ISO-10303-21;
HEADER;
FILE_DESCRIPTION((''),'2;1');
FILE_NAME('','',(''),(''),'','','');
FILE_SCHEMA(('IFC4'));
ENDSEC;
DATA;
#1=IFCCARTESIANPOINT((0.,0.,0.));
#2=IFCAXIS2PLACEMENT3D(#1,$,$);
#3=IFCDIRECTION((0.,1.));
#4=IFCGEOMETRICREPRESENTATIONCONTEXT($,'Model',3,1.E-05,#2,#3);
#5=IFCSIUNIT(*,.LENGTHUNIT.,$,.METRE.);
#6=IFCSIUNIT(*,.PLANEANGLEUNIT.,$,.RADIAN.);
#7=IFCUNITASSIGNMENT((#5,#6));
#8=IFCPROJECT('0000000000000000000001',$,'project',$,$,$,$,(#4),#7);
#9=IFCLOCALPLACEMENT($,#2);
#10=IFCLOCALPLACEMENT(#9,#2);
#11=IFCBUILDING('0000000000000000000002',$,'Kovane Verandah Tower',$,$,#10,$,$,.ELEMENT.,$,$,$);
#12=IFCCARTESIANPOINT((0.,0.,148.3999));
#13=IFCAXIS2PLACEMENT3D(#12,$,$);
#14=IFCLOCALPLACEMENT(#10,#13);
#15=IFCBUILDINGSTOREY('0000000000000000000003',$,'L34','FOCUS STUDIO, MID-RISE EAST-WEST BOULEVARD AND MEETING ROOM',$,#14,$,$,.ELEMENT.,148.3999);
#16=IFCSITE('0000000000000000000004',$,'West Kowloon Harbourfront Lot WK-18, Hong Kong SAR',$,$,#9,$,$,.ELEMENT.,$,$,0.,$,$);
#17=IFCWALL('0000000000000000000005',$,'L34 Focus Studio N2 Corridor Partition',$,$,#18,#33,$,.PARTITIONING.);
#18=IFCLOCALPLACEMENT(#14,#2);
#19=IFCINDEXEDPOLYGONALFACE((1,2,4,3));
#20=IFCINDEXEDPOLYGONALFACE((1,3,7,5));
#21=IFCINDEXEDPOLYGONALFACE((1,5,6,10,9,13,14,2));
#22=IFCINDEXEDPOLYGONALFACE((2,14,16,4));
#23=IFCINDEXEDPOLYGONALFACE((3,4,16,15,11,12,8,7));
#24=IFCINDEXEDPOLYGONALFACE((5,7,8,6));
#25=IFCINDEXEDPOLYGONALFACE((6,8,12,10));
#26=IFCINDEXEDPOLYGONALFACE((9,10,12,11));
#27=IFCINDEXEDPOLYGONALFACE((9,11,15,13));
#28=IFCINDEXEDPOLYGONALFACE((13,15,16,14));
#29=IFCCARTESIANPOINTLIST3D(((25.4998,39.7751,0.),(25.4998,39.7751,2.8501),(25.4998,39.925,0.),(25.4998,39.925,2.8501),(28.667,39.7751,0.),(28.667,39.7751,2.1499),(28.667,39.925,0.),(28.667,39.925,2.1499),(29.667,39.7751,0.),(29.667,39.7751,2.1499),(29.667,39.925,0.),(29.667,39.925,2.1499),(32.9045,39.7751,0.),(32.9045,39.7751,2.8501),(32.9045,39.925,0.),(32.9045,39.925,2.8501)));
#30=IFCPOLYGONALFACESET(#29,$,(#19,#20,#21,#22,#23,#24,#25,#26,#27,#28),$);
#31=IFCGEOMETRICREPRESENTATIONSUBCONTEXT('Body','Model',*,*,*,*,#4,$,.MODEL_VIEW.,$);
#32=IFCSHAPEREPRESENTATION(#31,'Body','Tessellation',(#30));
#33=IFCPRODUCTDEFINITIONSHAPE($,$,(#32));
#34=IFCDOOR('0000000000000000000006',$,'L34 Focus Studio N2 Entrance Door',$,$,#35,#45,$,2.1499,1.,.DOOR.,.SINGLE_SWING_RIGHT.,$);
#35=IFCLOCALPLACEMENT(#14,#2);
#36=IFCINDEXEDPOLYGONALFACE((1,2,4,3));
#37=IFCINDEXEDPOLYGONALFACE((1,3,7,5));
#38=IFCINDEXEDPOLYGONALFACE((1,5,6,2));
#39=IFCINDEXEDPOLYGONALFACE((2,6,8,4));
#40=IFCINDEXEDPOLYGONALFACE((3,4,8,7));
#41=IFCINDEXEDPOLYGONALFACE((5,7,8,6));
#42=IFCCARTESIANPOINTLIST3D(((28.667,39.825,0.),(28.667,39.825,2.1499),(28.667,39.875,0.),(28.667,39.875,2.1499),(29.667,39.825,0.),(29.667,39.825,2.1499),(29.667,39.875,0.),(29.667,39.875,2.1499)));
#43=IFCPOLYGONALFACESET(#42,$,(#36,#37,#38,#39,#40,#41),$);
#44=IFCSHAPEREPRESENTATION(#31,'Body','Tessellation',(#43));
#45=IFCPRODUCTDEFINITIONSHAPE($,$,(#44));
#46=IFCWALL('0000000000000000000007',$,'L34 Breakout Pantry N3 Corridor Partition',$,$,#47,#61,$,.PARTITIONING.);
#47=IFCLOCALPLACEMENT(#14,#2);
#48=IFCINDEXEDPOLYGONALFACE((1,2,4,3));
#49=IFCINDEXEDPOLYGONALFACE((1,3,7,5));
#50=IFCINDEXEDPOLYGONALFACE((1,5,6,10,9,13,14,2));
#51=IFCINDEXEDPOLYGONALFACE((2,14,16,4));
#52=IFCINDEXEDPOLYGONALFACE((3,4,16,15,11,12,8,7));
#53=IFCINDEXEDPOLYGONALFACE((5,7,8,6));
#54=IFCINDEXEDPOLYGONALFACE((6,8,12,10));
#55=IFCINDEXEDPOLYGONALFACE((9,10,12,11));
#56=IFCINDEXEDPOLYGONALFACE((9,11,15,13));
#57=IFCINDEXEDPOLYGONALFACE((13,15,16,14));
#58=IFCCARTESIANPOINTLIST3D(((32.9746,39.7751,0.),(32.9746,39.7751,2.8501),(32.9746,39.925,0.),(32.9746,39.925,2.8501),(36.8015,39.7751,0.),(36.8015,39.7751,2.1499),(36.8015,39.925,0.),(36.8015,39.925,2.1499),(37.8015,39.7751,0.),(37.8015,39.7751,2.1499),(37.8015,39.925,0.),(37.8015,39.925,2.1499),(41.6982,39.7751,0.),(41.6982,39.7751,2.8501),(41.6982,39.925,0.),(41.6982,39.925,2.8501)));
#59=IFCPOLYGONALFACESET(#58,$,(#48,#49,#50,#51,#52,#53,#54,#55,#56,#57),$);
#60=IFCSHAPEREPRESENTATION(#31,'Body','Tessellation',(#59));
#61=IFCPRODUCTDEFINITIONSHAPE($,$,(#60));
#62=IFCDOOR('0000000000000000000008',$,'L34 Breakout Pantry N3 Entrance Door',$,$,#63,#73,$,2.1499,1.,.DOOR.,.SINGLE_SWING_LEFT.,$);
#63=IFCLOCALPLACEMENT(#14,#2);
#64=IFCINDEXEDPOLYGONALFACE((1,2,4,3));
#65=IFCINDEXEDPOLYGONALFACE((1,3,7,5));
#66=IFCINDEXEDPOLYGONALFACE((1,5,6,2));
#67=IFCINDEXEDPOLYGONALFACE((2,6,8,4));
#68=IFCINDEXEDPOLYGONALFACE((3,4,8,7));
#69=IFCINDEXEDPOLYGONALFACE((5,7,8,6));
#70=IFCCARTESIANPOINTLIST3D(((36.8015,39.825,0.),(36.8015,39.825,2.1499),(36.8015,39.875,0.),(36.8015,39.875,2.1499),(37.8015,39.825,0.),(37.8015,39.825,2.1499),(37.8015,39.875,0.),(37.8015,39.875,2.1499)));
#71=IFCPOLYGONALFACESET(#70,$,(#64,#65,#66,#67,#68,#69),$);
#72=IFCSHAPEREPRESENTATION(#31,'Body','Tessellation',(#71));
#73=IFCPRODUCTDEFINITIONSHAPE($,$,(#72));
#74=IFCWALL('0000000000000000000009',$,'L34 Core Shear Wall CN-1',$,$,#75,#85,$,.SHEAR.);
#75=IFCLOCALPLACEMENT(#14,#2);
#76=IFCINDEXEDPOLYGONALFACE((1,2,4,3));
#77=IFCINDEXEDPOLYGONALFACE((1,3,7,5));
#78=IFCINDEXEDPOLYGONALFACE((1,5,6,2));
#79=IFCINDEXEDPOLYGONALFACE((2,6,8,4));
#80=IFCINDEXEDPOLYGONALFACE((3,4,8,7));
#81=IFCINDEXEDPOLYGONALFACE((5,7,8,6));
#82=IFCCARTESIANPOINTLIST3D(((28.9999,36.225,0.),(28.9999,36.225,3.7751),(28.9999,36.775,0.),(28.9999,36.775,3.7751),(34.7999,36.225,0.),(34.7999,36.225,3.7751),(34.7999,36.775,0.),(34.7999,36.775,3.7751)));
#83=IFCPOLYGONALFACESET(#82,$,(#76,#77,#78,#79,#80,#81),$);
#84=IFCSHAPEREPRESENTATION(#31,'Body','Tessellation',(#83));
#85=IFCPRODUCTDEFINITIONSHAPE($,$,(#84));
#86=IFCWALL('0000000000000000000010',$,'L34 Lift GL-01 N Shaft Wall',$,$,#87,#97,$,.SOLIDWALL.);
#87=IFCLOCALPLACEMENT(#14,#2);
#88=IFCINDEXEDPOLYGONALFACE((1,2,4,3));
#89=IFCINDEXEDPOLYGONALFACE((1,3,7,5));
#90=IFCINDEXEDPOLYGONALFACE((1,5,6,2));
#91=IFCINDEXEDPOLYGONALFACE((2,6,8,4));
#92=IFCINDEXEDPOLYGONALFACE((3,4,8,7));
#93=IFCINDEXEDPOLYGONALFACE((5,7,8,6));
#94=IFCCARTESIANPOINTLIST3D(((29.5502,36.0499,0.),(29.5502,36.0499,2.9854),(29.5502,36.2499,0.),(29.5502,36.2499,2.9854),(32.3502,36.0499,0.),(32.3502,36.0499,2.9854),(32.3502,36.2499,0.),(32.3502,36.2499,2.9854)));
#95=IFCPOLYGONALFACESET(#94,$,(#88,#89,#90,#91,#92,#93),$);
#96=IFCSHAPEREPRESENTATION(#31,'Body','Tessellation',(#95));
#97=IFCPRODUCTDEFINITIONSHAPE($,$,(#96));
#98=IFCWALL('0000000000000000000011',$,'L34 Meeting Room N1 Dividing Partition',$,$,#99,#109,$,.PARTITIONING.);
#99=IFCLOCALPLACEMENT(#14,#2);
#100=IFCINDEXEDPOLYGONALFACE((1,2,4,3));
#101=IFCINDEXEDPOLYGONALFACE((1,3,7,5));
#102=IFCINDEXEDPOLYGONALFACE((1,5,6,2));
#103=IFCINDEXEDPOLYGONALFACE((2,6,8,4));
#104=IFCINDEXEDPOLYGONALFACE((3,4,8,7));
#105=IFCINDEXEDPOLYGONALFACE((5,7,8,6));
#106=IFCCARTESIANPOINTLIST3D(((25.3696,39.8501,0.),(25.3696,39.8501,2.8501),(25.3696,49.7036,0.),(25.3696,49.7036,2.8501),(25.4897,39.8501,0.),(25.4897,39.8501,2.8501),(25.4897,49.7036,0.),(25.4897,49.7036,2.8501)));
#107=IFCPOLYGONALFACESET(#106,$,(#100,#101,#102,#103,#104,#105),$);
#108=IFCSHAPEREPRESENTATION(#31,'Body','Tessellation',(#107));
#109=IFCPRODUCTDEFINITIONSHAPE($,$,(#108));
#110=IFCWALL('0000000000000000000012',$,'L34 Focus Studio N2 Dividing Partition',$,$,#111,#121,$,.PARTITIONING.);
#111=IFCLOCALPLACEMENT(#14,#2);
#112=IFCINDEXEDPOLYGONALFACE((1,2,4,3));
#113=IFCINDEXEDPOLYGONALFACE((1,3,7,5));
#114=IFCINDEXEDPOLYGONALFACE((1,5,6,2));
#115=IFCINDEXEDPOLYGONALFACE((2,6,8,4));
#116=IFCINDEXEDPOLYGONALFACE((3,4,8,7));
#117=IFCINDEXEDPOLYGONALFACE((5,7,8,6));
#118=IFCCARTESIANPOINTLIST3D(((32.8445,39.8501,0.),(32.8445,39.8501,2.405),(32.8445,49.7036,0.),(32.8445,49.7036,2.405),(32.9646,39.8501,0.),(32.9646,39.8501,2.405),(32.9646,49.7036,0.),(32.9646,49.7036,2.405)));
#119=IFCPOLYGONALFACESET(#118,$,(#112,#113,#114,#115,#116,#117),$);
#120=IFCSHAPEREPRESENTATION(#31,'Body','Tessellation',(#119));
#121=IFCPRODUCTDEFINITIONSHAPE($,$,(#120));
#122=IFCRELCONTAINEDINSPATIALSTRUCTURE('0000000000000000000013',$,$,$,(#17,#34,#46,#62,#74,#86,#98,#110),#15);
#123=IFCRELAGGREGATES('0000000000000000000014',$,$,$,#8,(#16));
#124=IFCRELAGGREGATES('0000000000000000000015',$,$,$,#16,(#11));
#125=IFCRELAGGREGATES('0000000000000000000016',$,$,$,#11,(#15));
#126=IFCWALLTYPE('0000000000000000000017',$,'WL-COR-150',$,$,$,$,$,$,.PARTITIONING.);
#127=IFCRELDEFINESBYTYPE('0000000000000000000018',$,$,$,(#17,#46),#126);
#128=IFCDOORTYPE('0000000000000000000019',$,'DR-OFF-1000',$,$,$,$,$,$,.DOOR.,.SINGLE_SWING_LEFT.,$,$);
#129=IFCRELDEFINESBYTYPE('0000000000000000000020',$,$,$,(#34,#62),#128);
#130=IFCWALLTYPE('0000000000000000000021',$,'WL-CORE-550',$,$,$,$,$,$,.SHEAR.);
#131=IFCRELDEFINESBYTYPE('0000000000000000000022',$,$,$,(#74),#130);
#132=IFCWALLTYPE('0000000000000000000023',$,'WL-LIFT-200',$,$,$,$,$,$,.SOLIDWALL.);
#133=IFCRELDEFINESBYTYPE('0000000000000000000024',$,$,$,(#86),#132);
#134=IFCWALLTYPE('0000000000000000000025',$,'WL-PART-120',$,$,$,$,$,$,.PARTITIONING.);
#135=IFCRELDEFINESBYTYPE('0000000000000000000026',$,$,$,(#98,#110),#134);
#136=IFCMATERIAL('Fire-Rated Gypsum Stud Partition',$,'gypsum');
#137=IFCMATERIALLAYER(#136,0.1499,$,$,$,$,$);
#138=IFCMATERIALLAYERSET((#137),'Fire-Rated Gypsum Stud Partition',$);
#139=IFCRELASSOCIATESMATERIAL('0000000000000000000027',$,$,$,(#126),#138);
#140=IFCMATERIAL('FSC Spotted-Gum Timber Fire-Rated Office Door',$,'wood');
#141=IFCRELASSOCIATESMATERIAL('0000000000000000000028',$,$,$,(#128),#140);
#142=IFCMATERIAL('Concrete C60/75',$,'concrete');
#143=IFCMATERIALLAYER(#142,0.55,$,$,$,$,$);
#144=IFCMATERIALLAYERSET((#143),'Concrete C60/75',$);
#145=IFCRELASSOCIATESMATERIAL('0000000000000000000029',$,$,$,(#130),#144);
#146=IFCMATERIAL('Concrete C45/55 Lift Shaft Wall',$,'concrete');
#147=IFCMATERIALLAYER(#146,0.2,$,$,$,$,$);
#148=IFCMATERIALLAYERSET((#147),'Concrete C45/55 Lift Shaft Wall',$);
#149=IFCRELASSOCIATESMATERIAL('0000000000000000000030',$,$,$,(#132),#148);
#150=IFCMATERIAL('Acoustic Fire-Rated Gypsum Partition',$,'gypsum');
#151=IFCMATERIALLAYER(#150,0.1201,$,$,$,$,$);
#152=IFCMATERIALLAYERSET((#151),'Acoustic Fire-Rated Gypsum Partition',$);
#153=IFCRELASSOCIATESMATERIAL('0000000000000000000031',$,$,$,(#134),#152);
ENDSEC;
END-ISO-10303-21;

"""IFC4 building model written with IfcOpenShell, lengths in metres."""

from ifc_helpers import new_model, si_unit, direction, frame, frame_2d, origin, place, context, subcontext, project, spatial, rectangle, extrude, material, layer, layer_set, type_object, element, fill, save


model = new_model("IFC4")

# Units and contexts
model_context = context("Model", 3, precision=1e-05, world=origin(), true_north=direction((0.0, 1.0)))
body_context = subcontext(model_context, "Body", "Model", "MODEL_VIEW")
ifc_project = project(units=[si_unit("LENGTHUNIT", "METRE"), si_unit("PLANEANGLEUNIT", "RADIAN")], contexts=[model_context])

# Site, building, storey
site_placement = place(None, origin())
site = spatial("IfcSite", under=ifc_project, at=site_placement, Name="West Kowloon Harbourfront Lot WK-18, Hong Kong SAR", CompositionType="ELEMENT", RefElevation=0.0)
building_placement = place(site_placement, origin())
building = spatial("IfcBuilding", under=site, at=building_placement, Name="Kovane Verandah Tower", CompositionType="ELEMENT")
storey_placement = place(building_placement, frame((0.0, 0.0, 148.3999)))
storey = spatial("IfcBuildingStorey", under=building, at=storey_placement, Name="L34", Description="FOCUS STUDIO, MID-RISE EAST-WEST BOULEVARD AND MEETING ROOM", CompositionType="ELEMENT", Elevation=148.3999)

# Walls, openings, doors
ifc_material_1 = material(Name="Fire-Rated Gypsum Stud Partition", Category="gypsum")
ifc_layer_1 = layer(ifc_material_1, 0.1499)
ifc_layer_set_1 = layer_set([ifc_layer_1], Name="Fire-Rated Gypsum Stud Partition")
wall_type_1 = type_object("IfcWallType", Name="WL-COR-150", PredefinedType="PARTITIONING", material=ifc_layer_set_1)
wall_1_placement = place(storey_placement, frame((25.4998, 39.8501, 0.0), z_axis=(0.0, 0.0, 1.0), x_axis=(1.0, 0.0, 0.0)))
wall_1 = element("IfcWall", 1, at=wall_1_placement, inside=storey, type_object=wall_type_1, Name="L34 Focus Studio N2 Corridor Partition", PredefinedType="PARTITIONING", context=body_context, shape_type="SweptSolid", body=[
    extrude(rectangle(XDim=7.4048, YDim=0.1499, at=frame_2d((3.7024, 0.0))), origin(), (0.0, 0.0, 1.0), 2.8501),
])
opening_1_placement = place(wall_1_placement, frame((3.1672, 0.0, 0.0)))
opening_1 = element("IfcOpeningElement", 2, at=opening_1_placement, cuts=wall_1, PredefinedType="OPENING", context=body_context, shape_type="SweptSolid", body=[
    extrude(rectangle(XDim=1.0, YDim=2.1499, at=frame_2d((0.5, 1.075))), frame((0.0, 0.075, 0.0), z_axis=(0.0, -1.0, 0.0), x_axis=(1.0, 0.0, 0.0)), (0.0, 0.0, 1.0), 0.1499),
])
ifc_material_2 = material(Name="FSC Spotted-Gum Timber Fire-Rated Office Door", Category="wood")
door_type = type_object("IfcDoorType", Name="DR-OFF-1000", OperationType="SINGLE_SWING_LEFT", PredefinedType="DOOR", material=ifc_material_2)
door_1_placement = place(opening_1_placement, origin())
door_1 = element("IfcDoor", 3, at=door_1_placement, inside=storey, type_object=door_type, Name="L34 Focus Studio N2 Entrance Door", OperationType="SINGLE_SWING_RIGHT", OverallHeight=2.1499, OverallWidth=1.0, PredefinedType="DOOR", context=body_context, shape_type="SweptSolid", body=[
    extrude(rectangle(XDim=1.0, YDim=2.1499, at=frame_2d((0.5, 1.075))), frame((0.0, 0.0249, 0.0), z_axis=(0.0, -1.0, 0.0), x_axis=(1.0, 0.0, 0.0)), (0.0, 0.0, 1.0), 0.05),
])
fill(opening_1, door_1)
wall_2_placement = place(storey_placement, frame((32.9746, 39.8501, 0.0), z_axis=(0.0, 0.0, 1.0), x_axis=(1.0, 0.0, 0.0)))
wall_2 = element("IfcWall", 4, at=wall_2_placement, inside=storey, type_object=wall_type_1, Name="L34 Breakout Pantry N3 Corridor Partition", PredefinedType="PARTITIONING", context=body_context, shape_type="SweptSolid", body=[
    extrude(rectangle(XDim=8.7236, YDim=0.1499, at=frame_2d((4.3618, 0.0))), origin(), (0.0, 0.0, 1.0), 2.8501),
])
opening_2_placement = place(wall_2_placement, frame((3.8269, 0.0, 0.0)))
opening_2 = element("IfcOpeningElement", 5, at=opening_2_placement, cuts=wall_2, PredefinedType="OPENING", context=body_context, shape_type="SweptSolid", body=[
    extrude(rectangle(XDim=1.0, YDim=2.1499, at=frame_2d((0.5, 1.075))), frame((0.0, 0.075, 0.0), z_axis=(0.0, -1.0, 0.0), x_axis=(1.0, 0.0, 0.0)), (0.0, 0.0, 1.0), 0.1499),
])
door_2_placement = place(opening_2_placement, origin())
door_2 = element("IfcDoor", 6, at=door_2_placement, inside=storey, type_object=door_type, Name="L34 Breakout Pantry N3 Entrance Door", OperationType="SINGLE_SWING_LEFT", OverallHeight=2.1499, OverallWidth=1.0, PredefinedType="DOOR", context=body_context, shape_type="SweptSolid", body=[
    extrude(rectangle(XDim=1.0, YDim=2.1499, at=frame_2d((0.5, 1.075))), frame((0.0, 0.0249, 0.0), z_axis=(0.0, -1.0, 0.0), x_axis=(1.0, 0.0, 0.0)), (0.0, 0.0, 1.0), 0.05),
])
fill(opening_2, door_2)

# Walls
ifc_material_3 = material(Name="Concrete C60/75", Category="concrete")
ifc_layer_2 = layer(ifc_material_3, 0.55)
ifc_layer_set_2 = layer_set([ifc_layer_2], Name="Concrete C60/75")
wall_type_2 = type_object("IfcWallType", Name="WL-CORE-550", PredefinedType="SHEAR", material=ifc_layer_set_2)
wall_3_placement = place(storey_placement, frame((29.0, 36.5, 0.0), z_axis=(0.0, 0.0, 1.0), x_axis=(1.0, 0.0, 0.0)))
element("IfcWall", 7, at=wall_3_placement, inside=storey, type_object=wall_type_2, Name="L34 Core Shear Wall CN-1", PredefinedType="SHEAR", context=body_context, shape_type="SweptSolid", body=[
    extrude(rectangle(XDim=5.8, YDim=0.55, at=frame_2d((2.8999, 0.0))), origin(), (0.0, 0.0, 1.0), 3.7751),
])
ifc_material_4 = material(Name="Concrete C45/55 Lift Shaft Wall", Category="concrete")
ifc_layer_3 = layer(ifc_material_4, 0.2)
ifc_layer_set_3 = layer_set([ifc_layer_3], Name="Concrete C45/55 Lift Shaft Wall")
wall_type_3 = type_object("IfcWallType", Name="WL-LIFT-200", PredefinedType="SOLIDWALL", material=ifc_layer_set_3)
wall_4_placement = place(storey_placement, frame((32.3501, 36.1499, 0.0), z_axis=(0.0, 0.0, 1.0), x_axis=(-1.0, 0.0, 0.0)))
element("IfcWall", 8, at=wall_4_placement, inside=storey, type_object=wall_type_3, Name="L34 Lift GL-01 N Shaft Wall", PredefinedType="SOLIDWALL", context=body_context, shape_type="SweptSolid", body=[
    extrude(rectangle(XDim=2.8, YDim=0.2, at=frame_2d((1.3999, 0.0))), origin(), (0.0, 0.0, 1.0), 2.9854),
])
ifc_material_5 = material(Name="Acoustic Fire-Rated Gypsum Partition", Category="gypsum")
ifc_layer_4 = layer(ifc_material_5, 0.1201)
ifc_layer_set_4 = layer_set([ifc_layer_4], Name="Acoustic Fire-Rated Gypsum Partition")
wall_type_4 = type_object("IfcWallType", Name="WL-PART-120", PredefinedType="PARTITIONING", material=ifc_layer_set_4)
wall_5_placement = place(storey_placement, frame((25.4297, 39.8501, 0.0), z_axis=(0.0, 0.0, 1.0), x_axis=(0.0, 1.0, 0.0)))
element("IfcWall", 9, at=wall_5_placement, inside=storey, type_object=wall_type_4, Name="L34 Meeting Room N1 Dividing Partition", PredefinedType="PARTITIONING", context=body_context, shape_type="SweptSolid", body=[
    extrude(rectangle(XDim=9.8535, YDim=0.1201, at=frame_2d((4.9268, 0.0))), origin(), (0.0, 0.0, 1.0), 2.8501),
])
wall_6_placement = place(storey_placement, frame((32.9045, 39.8501, 0.0), z_axis=(0.0, 0.0, 1.0), x_axis=(0.0, 1.0, 0.0)))
element("IfcWall", 10, at=wall_6_placement, inside=storey, type_object=wall_type_4, Name="L34 Focus Studio N2 Dividing Partition", PredefinedType="PARTITIONING", context=body_context, shape_type="SweptSolid", body=[
    extrude(rectangle(XDim=9.8535, YDim=0.1201, at=frame_2d((4.9268, 0.0))), origin(), (0.0, 0.0, 1.0), 2.405),
])

save(model, "model.ifc")
